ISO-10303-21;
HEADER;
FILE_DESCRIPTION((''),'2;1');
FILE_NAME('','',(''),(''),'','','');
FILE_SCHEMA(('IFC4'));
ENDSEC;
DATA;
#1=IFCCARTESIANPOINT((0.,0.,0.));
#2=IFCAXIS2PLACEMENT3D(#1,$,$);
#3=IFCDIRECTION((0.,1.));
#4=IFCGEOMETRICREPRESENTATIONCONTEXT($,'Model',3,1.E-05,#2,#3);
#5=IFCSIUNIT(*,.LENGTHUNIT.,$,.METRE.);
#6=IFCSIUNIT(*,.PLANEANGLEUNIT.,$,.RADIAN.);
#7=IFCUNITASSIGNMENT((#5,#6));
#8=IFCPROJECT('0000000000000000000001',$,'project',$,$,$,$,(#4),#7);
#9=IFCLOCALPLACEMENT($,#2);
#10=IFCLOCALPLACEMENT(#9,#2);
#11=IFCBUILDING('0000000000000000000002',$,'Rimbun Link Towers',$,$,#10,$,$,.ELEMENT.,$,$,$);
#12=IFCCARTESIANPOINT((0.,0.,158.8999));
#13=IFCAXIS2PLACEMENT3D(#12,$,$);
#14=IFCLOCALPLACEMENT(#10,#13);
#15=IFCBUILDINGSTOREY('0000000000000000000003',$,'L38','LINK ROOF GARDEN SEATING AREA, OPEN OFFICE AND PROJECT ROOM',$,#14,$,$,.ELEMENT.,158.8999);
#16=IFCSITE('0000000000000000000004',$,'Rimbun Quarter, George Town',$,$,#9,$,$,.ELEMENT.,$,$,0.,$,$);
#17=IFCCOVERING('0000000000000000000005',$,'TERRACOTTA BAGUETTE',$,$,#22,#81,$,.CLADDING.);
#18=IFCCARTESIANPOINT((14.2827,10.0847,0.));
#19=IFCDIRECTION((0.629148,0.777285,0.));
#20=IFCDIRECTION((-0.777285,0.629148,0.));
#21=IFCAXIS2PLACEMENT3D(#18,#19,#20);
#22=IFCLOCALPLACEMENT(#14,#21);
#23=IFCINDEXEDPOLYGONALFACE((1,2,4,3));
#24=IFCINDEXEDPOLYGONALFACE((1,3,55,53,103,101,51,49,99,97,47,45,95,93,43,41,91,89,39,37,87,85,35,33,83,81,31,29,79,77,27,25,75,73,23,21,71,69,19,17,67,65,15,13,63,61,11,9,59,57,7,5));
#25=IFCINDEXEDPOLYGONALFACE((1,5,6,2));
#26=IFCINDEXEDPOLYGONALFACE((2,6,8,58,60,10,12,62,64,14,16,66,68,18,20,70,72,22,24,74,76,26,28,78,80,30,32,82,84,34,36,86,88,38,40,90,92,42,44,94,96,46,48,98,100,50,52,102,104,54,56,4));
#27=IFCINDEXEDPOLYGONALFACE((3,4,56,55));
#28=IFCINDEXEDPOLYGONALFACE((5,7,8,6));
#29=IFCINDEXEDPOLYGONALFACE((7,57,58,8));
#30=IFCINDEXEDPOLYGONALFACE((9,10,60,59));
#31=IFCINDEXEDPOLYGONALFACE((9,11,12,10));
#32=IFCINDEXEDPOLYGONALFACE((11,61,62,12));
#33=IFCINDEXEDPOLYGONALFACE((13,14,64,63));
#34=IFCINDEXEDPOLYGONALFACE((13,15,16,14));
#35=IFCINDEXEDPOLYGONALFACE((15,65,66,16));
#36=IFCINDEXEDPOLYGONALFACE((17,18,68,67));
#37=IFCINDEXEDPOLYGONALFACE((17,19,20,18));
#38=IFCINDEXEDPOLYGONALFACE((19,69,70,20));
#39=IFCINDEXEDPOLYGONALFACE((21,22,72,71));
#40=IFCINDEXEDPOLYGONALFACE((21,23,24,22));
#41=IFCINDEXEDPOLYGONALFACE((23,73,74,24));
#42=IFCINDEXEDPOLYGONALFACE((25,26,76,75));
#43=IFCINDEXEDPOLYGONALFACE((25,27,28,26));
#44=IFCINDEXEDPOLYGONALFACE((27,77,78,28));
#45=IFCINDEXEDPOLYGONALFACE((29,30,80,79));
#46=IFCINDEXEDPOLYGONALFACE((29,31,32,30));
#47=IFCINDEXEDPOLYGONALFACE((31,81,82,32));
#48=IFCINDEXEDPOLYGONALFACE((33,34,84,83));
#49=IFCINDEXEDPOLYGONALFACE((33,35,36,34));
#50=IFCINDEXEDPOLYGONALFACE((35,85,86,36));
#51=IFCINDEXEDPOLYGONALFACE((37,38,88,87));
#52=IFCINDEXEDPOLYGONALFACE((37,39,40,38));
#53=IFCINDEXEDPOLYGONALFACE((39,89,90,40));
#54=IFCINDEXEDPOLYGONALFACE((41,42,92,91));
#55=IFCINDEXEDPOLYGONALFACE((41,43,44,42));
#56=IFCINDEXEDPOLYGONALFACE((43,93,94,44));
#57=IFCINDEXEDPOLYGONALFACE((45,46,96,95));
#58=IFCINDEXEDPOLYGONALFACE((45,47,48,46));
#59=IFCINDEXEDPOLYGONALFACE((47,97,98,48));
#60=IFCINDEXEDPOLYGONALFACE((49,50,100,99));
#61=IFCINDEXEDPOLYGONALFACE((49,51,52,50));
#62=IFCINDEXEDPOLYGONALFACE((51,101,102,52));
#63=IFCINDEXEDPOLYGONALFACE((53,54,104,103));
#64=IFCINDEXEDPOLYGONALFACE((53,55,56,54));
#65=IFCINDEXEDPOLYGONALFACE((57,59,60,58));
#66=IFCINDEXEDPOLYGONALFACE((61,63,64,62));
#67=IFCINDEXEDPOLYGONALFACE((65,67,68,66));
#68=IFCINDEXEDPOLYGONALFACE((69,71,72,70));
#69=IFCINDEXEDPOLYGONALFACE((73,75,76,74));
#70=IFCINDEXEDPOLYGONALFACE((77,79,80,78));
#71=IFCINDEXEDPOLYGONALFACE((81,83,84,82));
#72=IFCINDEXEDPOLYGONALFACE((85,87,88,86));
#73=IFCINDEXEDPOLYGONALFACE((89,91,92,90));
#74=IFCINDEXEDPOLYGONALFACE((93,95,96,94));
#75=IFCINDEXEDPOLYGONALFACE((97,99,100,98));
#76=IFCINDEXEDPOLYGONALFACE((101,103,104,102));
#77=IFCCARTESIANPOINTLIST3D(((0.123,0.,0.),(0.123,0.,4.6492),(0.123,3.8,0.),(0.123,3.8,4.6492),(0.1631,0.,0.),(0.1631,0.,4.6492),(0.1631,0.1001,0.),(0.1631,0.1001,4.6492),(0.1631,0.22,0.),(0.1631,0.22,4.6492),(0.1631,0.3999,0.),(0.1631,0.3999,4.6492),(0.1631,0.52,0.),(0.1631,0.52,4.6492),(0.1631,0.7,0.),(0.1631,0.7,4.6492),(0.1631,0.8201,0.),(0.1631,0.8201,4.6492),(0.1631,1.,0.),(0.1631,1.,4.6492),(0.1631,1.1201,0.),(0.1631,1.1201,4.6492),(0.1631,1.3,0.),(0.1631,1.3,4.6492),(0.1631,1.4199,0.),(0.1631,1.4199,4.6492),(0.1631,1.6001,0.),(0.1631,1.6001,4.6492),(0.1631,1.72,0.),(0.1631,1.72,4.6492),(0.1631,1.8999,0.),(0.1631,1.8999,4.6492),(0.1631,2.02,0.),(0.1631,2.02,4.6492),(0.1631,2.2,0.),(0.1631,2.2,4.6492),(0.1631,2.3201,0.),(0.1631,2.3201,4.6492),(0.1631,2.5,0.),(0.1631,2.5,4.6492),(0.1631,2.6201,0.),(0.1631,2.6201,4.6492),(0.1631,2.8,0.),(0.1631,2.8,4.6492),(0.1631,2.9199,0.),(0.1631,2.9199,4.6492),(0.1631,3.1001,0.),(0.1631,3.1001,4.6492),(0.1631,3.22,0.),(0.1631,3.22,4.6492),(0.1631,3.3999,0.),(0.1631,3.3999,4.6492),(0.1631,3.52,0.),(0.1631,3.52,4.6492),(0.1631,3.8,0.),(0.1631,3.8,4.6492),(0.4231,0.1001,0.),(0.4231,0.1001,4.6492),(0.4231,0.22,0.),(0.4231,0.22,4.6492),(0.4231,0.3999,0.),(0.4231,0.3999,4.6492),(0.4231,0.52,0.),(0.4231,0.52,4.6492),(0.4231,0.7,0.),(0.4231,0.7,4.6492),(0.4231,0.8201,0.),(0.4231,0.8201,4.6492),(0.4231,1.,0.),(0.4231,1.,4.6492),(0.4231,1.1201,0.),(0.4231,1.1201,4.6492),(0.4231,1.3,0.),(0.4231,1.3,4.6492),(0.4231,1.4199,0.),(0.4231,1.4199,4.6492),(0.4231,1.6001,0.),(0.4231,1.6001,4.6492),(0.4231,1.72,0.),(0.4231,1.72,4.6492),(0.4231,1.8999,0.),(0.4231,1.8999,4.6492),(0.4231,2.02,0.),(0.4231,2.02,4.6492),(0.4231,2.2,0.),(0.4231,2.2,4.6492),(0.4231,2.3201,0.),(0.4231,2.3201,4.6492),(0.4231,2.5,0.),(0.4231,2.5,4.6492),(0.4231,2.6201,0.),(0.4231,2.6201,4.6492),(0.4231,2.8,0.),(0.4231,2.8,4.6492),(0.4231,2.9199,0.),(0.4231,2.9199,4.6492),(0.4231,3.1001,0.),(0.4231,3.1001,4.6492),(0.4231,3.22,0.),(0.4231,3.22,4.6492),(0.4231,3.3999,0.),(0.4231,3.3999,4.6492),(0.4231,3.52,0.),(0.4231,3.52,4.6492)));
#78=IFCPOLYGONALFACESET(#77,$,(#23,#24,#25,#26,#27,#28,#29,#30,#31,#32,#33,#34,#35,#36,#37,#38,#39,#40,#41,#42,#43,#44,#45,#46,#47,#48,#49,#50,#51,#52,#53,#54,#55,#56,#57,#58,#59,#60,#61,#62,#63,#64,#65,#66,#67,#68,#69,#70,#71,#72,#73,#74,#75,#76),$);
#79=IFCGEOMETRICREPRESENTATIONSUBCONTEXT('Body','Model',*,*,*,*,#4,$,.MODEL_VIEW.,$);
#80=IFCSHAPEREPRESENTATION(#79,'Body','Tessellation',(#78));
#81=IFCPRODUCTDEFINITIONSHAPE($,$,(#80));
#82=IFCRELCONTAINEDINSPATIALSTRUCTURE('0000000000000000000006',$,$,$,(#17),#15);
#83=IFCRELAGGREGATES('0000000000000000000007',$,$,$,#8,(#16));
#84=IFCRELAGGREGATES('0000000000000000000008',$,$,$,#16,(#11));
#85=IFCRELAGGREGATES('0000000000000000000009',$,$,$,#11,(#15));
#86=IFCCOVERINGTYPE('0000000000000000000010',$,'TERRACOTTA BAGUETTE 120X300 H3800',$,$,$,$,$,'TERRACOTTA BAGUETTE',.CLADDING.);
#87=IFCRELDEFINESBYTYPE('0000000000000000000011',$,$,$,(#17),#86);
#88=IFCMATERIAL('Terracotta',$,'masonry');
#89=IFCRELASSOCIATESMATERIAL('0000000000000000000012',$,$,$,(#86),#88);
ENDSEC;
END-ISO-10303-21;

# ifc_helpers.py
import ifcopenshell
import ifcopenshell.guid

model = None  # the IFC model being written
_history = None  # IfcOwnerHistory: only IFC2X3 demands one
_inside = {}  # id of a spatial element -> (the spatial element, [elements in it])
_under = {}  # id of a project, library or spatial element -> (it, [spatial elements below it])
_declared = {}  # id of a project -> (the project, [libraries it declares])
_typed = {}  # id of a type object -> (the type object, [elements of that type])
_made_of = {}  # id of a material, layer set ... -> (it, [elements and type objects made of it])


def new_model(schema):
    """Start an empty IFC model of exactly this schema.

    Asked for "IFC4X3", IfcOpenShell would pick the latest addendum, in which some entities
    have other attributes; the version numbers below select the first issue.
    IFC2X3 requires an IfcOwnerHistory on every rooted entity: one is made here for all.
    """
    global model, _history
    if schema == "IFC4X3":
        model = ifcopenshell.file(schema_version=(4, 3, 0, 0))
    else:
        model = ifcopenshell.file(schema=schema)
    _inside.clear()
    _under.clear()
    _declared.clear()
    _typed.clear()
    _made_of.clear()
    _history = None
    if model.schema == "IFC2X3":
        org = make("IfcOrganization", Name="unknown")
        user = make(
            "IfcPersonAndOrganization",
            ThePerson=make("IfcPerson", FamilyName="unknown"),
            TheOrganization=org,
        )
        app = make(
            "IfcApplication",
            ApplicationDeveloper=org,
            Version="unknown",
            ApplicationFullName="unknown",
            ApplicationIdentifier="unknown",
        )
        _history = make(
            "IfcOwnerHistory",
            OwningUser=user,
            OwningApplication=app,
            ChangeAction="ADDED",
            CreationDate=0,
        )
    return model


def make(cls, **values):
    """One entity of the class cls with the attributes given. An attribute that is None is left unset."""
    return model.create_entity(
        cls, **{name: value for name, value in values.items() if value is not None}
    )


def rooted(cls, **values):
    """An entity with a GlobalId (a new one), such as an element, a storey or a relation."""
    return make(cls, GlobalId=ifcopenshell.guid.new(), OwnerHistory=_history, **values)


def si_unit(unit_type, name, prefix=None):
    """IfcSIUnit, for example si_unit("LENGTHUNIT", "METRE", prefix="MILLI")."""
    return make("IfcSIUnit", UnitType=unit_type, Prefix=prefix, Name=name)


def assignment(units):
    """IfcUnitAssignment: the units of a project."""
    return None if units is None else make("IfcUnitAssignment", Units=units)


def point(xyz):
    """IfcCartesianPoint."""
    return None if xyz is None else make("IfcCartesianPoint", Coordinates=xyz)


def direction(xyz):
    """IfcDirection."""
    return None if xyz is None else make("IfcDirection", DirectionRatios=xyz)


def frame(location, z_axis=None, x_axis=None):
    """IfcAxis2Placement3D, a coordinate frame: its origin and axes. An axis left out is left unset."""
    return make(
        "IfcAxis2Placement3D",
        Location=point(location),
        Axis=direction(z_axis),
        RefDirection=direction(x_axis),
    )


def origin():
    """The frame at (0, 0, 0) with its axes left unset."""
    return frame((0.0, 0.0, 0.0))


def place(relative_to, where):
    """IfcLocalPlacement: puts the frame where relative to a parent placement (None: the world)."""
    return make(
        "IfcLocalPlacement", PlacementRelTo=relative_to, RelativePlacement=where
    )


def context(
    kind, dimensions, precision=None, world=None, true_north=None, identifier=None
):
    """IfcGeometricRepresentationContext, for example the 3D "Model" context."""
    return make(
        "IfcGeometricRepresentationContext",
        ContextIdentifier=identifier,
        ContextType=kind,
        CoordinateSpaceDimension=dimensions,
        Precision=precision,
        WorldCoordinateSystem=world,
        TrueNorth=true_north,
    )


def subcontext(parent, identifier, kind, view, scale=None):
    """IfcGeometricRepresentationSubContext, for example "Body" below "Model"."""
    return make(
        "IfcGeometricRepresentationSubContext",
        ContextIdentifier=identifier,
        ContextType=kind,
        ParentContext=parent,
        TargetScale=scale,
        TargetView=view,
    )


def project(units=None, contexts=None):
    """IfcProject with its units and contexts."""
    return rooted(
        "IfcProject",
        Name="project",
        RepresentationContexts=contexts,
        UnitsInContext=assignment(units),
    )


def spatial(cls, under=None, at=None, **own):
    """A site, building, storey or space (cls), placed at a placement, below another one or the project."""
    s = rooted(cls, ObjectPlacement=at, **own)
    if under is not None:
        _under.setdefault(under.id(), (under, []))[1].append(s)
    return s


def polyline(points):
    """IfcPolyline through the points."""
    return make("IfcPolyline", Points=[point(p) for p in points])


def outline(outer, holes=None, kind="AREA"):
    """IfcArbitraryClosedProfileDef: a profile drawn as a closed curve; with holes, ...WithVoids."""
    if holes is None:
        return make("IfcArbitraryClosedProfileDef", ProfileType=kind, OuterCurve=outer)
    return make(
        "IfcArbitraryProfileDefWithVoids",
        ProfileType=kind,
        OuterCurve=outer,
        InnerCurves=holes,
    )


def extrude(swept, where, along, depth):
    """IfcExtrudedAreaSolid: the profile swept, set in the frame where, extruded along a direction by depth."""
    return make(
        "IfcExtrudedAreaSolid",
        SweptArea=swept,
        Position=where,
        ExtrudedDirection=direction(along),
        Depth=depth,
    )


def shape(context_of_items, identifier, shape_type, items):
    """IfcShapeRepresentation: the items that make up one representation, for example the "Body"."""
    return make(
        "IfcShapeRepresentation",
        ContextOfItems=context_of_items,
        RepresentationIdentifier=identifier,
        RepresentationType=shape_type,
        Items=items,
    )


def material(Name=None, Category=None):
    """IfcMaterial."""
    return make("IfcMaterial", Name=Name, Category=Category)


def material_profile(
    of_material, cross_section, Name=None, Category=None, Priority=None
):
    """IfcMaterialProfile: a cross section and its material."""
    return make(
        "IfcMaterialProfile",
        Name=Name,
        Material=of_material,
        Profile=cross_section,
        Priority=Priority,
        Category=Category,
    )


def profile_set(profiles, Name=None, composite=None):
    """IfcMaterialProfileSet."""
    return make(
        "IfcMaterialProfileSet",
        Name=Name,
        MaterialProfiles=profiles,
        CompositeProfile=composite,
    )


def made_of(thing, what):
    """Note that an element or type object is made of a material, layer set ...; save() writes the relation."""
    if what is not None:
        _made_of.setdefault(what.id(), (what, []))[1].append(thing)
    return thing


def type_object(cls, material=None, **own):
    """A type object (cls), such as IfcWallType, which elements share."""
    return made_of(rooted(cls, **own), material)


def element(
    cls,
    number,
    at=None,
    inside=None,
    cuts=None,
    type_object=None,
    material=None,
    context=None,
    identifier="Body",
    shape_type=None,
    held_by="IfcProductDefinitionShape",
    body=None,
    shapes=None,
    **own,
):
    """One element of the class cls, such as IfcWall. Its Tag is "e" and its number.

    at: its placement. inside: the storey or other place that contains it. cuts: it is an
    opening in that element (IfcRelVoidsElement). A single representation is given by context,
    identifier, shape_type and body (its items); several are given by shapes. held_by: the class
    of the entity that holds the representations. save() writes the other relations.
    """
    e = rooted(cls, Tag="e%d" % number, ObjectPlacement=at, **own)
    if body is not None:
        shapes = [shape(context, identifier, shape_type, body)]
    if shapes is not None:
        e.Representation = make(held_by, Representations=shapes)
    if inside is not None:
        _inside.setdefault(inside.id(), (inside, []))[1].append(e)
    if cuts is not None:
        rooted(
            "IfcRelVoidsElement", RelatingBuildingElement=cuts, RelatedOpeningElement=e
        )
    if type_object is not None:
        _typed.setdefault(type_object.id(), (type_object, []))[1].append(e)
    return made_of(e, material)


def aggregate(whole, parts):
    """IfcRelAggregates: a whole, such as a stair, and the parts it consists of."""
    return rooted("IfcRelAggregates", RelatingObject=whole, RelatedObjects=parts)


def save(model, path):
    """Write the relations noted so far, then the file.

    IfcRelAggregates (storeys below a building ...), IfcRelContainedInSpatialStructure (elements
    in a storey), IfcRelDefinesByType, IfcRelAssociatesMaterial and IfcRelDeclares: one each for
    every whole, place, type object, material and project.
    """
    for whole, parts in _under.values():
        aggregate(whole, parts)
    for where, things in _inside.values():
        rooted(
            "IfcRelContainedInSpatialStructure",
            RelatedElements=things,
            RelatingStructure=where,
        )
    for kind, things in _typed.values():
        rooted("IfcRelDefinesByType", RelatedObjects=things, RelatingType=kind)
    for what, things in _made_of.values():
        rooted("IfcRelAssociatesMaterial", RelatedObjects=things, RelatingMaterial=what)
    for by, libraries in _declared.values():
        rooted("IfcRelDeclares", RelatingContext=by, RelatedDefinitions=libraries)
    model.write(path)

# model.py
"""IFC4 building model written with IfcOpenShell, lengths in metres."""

from ifc_helpers import new_model, si_unit, direction, frame, origin, place, context, subcontext, project, spatial, polyline, outline, extrude, material, material_profile, profile_set, type_object, element, save


model = new_model("IFC4")

# Units and contexts
model_context = context("Model", 3, precision=1e-05, world=origin(), true_north=direction((0.0, 1.0)))
body_context = subcontext(model_context, "Body", "Model", "MODEL_VIEW")
ifc_project = project(units=[si_unit("LENGTHUNIT", "METRE"), si_unit("PLANEANGLEUNIT", "RADIAN")], contexts=[model_context])

# Site, building, storey
site_placement = place(None, origin())
site = spatial("IfcSite", under=ifc_project, at=site_placement, Name="Rimbun Quarter, George Town", CompositionType="ELEMENT", RefElevation=0.0)
building_placement = place(site_placement, origin())
building = spatial("IfcBuilding", under=site, at=building_placement, Name="Rimbun Link Towers", CompositionType="ELEMENT")
storey_placement = place(building_placement, frame((0.0, 0.0, 158.8999)))
storey = spatial("IfcBuildingStorey", under=building, at=storey_placement, Name="L38", Description="LINK ROOF GARDEN SEATING AREA, OPEN OFFICE AND PROJECT ROOM", CompositionType="ELEMENT", Elevation=158.8999)

# Covering
ifc_material_1 = material(Name="Terracotta", Category="masonry")
ifc_material_profile_1 = material_profile(ifc_material_1, outline(polyline([(0.123, 0.0), (0.1631, 0.0), (0.1631, 0.1001), (0.4231, 0.1001), (0.4231, 0.22), (0.1631, 0.22), (0.1631, 0.3999), (0.4231, 0.3999), (0.4231, 0.52), (0.1631, 0.52), (0.1631, 0.7), (0.4231, 0.7), (0.4231, 0.8201), (0.1631, 0.8201), (0.1631, 1.0), (0.4231, 1.0), (0.4231, 1.1201), (0.1631, 1.1201), (0.1631, 1.3), (0.4231, 1.3), (0.4231, 1.4199), (0.1631, 1.4199), (0.1631, 1.6001), (0.4231, 1.6001), (0.4231, 1.72), (0.1631, 1.72), (0.1631, 1.8999), (0.4231, 1.8999), (0.4231, 2.02), (0.1631, 2.02), (0.1631, 2.2), (0.4231, 2.2), (0.4231, 2.3201), (0.1631, 2.3201), (0.1631, 2.5), (0.4231, 2.5), (0.4231, 2.6201), (0.1631, 2.6201), (0.1631, 2.8), (0.4231, 2.8), (0.4231, 2.9199), (0.1631, 2.9199), (0.1631, 3.1001), (0.4231, 3.1001), (0.4231, 3.22), (0.1631, 3.22), (0.1631, 3.3999), (0.4231, 3.3999), (0.4231, 3.52), (0.1631, 3.52), (0.1631, 3.8), (0.123, 3.8), (0.123, 0.0)])), Name="BAGUETTE 120X300")
ifc_profile_set_1 = profile_set([ifc_material_profile_1], Name="Terracotta")
covering_type = type_object("IfcCoveringType", Name="TERRACOTTA BAGUETTE 120X300 H3800", ElementType="TERRACOTTA BAGUETTE", PredefinedType="CLADDING", material=ifc_profile_set_1)
covering_1_placement = place(storey_placement, frame((14.2827, 10.0847, 0.0), z_axis=(0.629148, 0.777285, 0.0), x_axis=(-0.777285, 0.629148, 0.0)))
element("IfcCovering", 1, at=covering_1_placement, inside=storey, type_object=covering_type, Name="TERRACOTTA BAGUETTE", PredefinedType="CLADDING", context=body_context, shape_type="SweptSolid", body=[
    extrude(outline(polyline([(0.123, 0.0), (0.1631, 0.0), (0.1631, 0.1001), (0.4231, 0.1001), (0.4231, 0.22), (0.1631, 0.22), (0.1631, 0.3999), (0.4231, 0.3999), (0.4231, 0.52), (0.1631, 0.52), (0.1631, 0.7), (0.4231, 0.7), (0.4231, 0.8201), (0.1631, 0.8201), (0.1631, 1.0), (0.4231, 1.0), (0.4231, 1.1201), (0.1631, 1.1201), (0.1631, 1.3), (0.4231, 1.3), (0.4231, 1.4199), (0.1631, 1.4199), (0.1631, 1.6001), (0.4231, 1.6001), (0.4231, 1.72), (0.1631, 1.72), (0.1631, 1.8999), (0.4231, 1.8999), (0.4231, 2.02), (0.1631, 2.02), (0.1631, 2.2), (0.4231, 2.2), (0.4231, 2.3201), (0.1631, 2.3201), (0.1631, 2.5), (0.4231, 2.5), (0.4231, 2.6201), (0.1631, 2.6201), (0.1631, 2.8), (0.4231, 2.8), (0.4231, 2.9199), (0.1631, 2.9199), (0.1631, 3.1001), (0.4231, 3.1001), (0.4231, 3.22), (0.1631, 3.22), (0.1631, 3.3999), (0.4231, 3.3999), (0.4231, 3.52), (0.1631, 3.52), (0.1631, 3.8), (0.123, 3.8), (0.123, 0.0)])), origin(), (0.0, 0.0, 1.0), 4.6492),
])

save(model, "model.ifc")
